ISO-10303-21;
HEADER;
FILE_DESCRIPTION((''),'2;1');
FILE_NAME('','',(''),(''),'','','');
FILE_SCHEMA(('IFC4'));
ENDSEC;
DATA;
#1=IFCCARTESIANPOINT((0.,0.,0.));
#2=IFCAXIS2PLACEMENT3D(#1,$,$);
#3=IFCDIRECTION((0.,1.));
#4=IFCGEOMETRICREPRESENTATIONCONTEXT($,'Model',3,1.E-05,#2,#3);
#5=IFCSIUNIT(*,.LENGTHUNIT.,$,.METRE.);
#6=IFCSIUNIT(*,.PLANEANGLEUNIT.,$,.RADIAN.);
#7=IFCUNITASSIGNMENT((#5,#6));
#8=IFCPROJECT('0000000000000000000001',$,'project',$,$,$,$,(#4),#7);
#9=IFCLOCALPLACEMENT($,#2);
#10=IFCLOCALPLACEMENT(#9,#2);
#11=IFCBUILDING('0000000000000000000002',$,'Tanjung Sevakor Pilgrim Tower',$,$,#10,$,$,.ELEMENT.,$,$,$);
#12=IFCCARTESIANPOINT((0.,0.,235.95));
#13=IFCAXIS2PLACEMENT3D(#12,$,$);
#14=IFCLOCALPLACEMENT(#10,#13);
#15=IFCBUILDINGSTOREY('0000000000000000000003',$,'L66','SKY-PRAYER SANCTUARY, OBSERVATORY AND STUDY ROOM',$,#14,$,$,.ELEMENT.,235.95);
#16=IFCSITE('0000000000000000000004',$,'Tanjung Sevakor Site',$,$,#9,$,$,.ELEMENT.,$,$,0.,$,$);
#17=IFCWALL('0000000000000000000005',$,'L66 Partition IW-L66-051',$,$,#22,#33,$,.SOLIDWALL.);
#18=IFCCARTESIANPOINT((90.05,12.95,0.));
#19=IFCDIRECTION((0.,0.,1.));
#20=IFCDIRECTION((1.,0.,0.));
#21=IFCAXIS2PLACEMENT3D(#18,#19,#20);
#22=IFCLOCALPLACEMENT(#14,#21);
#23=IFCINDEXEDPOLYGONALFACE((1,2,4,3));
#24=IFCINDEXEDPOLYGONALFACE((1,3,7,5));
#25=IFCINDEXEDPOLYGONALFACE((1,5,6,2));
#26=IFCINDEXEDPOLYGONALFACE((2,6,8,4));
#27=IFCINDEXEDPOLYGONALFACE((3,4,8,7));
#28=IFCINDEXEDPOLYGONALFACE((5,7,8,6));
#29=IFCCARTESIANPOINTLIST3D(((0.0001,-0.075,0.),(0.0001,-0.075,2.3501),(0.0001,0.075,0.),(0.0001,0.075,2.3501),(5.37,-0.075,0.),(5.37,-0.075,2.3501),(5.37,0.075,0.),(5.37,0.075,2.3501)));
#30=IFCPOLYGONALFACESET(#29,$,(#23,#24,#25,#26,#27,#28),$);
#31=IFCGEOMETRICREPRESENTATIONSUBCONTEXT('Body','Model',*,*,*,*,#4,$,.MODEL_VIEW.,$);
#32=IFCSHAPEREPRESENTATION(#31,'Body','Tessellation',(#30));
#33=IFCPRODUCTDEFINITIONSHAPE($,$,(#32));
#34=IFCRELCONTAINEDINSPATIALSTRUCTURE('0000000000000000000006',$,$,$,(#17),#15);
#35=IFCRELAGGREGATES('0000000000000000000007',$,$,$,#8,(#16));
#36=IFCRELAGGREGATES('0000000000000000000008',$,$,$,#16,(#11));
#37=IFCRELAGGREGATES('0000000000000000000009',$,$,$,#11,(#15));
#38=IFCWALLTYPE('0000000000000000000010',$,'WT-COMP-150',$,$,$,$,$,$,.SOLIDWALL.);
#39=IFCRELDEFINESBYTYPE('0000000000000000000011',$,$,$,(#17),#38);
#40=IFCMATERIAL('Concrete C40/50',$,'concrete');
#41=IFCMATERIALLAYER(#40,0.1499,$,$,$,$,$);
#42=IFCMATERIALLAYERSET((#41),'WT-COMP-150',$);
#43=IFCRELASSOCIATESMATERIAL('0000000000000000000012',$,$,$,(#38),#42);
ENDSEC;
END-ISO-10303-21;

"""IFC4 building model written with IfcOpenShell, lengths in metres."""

from ifc_helpers import new_model, si_unit, direction, frame, frame_2d, origin, place, context, subcontext, project, spatial, rectangle, extrude, material, layer, layer_set, type_object, element, save


model = new_model("IFC4")

# Units and contexts
model_context = context("Model", 3, precision=1e-05, world=origin(), true_north=direction((0.0, 1.0)))
body_context = subcontext(model_context, "Body", "Model", "MODEL_VIEW")
ifc_project = project(units=[si_unit("LENGTHUNIT", "METRE"), si_unit("PLANEANGLEUNIT", "RADIAN")], contexts=[model_context])

# Site, building, storey
site_placement = place(None, origin())
site = spatial("IfcSite", under=ifc_project, at=site_placement, Name="Tanjung Sevakor Site", CompositionType="ELEMENT", RefElevation=0.0)
building_placement = place(site_placement, origin())
building = spatial("IfcBuilding", under=site, at=building_placement, Name="Tanjung Sevakor Pilgrim Tower", CompositionType="ELEMENT")
storey_placement = place(building_placement, frame((0.0, 0.0, 235.95)))
storey = spatial("IfcBuildingStorey", under=building, at=storey_placement, Name="L66", Description="SKY-PRAYER SANCTUARY, OBSERVATORY AND STUDY ROOM", CompositionType="ELEMENT", Elevation=235.95)

# Wall
ifc_material_1 = material(Name="Concrete C40/50", Category="concrete")
ifc_layer_1 = layer(ifc_material_1, 0.1499)
ifc_layer_set_1 = layer_set([ifc_layer_1], Name="WT-COMP-150")
wall_type_1 = type_object("IfcWallType", Name="WT-COMP-150", PredefinedType="SOLIDWALL", material=ifc_layer_set_1)
wall_1_placement = place(storey_placement, frame((90.05, 12.95, 0.0), z_axis=(0.0, 0.0, 1.0), x_axis=(1.0, 0.0, 0.0)))
element("IfcWall", 1, at=wall_1_placement, inside=storey, type_object=wall_type_1, Name="L66 Partition IW-L66-051", PredefinedType="SOLIDWALL", context=body_context, shape_type="SweptSolid", body=[
    extrude(rectangle(XDim=5.3699, YDim=0.1499, at=frame_2d((2.6851, 0.0))), origin(), (0.0, 0.0, 1.0), 2.3501),
])

save(model, "model.ifc")
